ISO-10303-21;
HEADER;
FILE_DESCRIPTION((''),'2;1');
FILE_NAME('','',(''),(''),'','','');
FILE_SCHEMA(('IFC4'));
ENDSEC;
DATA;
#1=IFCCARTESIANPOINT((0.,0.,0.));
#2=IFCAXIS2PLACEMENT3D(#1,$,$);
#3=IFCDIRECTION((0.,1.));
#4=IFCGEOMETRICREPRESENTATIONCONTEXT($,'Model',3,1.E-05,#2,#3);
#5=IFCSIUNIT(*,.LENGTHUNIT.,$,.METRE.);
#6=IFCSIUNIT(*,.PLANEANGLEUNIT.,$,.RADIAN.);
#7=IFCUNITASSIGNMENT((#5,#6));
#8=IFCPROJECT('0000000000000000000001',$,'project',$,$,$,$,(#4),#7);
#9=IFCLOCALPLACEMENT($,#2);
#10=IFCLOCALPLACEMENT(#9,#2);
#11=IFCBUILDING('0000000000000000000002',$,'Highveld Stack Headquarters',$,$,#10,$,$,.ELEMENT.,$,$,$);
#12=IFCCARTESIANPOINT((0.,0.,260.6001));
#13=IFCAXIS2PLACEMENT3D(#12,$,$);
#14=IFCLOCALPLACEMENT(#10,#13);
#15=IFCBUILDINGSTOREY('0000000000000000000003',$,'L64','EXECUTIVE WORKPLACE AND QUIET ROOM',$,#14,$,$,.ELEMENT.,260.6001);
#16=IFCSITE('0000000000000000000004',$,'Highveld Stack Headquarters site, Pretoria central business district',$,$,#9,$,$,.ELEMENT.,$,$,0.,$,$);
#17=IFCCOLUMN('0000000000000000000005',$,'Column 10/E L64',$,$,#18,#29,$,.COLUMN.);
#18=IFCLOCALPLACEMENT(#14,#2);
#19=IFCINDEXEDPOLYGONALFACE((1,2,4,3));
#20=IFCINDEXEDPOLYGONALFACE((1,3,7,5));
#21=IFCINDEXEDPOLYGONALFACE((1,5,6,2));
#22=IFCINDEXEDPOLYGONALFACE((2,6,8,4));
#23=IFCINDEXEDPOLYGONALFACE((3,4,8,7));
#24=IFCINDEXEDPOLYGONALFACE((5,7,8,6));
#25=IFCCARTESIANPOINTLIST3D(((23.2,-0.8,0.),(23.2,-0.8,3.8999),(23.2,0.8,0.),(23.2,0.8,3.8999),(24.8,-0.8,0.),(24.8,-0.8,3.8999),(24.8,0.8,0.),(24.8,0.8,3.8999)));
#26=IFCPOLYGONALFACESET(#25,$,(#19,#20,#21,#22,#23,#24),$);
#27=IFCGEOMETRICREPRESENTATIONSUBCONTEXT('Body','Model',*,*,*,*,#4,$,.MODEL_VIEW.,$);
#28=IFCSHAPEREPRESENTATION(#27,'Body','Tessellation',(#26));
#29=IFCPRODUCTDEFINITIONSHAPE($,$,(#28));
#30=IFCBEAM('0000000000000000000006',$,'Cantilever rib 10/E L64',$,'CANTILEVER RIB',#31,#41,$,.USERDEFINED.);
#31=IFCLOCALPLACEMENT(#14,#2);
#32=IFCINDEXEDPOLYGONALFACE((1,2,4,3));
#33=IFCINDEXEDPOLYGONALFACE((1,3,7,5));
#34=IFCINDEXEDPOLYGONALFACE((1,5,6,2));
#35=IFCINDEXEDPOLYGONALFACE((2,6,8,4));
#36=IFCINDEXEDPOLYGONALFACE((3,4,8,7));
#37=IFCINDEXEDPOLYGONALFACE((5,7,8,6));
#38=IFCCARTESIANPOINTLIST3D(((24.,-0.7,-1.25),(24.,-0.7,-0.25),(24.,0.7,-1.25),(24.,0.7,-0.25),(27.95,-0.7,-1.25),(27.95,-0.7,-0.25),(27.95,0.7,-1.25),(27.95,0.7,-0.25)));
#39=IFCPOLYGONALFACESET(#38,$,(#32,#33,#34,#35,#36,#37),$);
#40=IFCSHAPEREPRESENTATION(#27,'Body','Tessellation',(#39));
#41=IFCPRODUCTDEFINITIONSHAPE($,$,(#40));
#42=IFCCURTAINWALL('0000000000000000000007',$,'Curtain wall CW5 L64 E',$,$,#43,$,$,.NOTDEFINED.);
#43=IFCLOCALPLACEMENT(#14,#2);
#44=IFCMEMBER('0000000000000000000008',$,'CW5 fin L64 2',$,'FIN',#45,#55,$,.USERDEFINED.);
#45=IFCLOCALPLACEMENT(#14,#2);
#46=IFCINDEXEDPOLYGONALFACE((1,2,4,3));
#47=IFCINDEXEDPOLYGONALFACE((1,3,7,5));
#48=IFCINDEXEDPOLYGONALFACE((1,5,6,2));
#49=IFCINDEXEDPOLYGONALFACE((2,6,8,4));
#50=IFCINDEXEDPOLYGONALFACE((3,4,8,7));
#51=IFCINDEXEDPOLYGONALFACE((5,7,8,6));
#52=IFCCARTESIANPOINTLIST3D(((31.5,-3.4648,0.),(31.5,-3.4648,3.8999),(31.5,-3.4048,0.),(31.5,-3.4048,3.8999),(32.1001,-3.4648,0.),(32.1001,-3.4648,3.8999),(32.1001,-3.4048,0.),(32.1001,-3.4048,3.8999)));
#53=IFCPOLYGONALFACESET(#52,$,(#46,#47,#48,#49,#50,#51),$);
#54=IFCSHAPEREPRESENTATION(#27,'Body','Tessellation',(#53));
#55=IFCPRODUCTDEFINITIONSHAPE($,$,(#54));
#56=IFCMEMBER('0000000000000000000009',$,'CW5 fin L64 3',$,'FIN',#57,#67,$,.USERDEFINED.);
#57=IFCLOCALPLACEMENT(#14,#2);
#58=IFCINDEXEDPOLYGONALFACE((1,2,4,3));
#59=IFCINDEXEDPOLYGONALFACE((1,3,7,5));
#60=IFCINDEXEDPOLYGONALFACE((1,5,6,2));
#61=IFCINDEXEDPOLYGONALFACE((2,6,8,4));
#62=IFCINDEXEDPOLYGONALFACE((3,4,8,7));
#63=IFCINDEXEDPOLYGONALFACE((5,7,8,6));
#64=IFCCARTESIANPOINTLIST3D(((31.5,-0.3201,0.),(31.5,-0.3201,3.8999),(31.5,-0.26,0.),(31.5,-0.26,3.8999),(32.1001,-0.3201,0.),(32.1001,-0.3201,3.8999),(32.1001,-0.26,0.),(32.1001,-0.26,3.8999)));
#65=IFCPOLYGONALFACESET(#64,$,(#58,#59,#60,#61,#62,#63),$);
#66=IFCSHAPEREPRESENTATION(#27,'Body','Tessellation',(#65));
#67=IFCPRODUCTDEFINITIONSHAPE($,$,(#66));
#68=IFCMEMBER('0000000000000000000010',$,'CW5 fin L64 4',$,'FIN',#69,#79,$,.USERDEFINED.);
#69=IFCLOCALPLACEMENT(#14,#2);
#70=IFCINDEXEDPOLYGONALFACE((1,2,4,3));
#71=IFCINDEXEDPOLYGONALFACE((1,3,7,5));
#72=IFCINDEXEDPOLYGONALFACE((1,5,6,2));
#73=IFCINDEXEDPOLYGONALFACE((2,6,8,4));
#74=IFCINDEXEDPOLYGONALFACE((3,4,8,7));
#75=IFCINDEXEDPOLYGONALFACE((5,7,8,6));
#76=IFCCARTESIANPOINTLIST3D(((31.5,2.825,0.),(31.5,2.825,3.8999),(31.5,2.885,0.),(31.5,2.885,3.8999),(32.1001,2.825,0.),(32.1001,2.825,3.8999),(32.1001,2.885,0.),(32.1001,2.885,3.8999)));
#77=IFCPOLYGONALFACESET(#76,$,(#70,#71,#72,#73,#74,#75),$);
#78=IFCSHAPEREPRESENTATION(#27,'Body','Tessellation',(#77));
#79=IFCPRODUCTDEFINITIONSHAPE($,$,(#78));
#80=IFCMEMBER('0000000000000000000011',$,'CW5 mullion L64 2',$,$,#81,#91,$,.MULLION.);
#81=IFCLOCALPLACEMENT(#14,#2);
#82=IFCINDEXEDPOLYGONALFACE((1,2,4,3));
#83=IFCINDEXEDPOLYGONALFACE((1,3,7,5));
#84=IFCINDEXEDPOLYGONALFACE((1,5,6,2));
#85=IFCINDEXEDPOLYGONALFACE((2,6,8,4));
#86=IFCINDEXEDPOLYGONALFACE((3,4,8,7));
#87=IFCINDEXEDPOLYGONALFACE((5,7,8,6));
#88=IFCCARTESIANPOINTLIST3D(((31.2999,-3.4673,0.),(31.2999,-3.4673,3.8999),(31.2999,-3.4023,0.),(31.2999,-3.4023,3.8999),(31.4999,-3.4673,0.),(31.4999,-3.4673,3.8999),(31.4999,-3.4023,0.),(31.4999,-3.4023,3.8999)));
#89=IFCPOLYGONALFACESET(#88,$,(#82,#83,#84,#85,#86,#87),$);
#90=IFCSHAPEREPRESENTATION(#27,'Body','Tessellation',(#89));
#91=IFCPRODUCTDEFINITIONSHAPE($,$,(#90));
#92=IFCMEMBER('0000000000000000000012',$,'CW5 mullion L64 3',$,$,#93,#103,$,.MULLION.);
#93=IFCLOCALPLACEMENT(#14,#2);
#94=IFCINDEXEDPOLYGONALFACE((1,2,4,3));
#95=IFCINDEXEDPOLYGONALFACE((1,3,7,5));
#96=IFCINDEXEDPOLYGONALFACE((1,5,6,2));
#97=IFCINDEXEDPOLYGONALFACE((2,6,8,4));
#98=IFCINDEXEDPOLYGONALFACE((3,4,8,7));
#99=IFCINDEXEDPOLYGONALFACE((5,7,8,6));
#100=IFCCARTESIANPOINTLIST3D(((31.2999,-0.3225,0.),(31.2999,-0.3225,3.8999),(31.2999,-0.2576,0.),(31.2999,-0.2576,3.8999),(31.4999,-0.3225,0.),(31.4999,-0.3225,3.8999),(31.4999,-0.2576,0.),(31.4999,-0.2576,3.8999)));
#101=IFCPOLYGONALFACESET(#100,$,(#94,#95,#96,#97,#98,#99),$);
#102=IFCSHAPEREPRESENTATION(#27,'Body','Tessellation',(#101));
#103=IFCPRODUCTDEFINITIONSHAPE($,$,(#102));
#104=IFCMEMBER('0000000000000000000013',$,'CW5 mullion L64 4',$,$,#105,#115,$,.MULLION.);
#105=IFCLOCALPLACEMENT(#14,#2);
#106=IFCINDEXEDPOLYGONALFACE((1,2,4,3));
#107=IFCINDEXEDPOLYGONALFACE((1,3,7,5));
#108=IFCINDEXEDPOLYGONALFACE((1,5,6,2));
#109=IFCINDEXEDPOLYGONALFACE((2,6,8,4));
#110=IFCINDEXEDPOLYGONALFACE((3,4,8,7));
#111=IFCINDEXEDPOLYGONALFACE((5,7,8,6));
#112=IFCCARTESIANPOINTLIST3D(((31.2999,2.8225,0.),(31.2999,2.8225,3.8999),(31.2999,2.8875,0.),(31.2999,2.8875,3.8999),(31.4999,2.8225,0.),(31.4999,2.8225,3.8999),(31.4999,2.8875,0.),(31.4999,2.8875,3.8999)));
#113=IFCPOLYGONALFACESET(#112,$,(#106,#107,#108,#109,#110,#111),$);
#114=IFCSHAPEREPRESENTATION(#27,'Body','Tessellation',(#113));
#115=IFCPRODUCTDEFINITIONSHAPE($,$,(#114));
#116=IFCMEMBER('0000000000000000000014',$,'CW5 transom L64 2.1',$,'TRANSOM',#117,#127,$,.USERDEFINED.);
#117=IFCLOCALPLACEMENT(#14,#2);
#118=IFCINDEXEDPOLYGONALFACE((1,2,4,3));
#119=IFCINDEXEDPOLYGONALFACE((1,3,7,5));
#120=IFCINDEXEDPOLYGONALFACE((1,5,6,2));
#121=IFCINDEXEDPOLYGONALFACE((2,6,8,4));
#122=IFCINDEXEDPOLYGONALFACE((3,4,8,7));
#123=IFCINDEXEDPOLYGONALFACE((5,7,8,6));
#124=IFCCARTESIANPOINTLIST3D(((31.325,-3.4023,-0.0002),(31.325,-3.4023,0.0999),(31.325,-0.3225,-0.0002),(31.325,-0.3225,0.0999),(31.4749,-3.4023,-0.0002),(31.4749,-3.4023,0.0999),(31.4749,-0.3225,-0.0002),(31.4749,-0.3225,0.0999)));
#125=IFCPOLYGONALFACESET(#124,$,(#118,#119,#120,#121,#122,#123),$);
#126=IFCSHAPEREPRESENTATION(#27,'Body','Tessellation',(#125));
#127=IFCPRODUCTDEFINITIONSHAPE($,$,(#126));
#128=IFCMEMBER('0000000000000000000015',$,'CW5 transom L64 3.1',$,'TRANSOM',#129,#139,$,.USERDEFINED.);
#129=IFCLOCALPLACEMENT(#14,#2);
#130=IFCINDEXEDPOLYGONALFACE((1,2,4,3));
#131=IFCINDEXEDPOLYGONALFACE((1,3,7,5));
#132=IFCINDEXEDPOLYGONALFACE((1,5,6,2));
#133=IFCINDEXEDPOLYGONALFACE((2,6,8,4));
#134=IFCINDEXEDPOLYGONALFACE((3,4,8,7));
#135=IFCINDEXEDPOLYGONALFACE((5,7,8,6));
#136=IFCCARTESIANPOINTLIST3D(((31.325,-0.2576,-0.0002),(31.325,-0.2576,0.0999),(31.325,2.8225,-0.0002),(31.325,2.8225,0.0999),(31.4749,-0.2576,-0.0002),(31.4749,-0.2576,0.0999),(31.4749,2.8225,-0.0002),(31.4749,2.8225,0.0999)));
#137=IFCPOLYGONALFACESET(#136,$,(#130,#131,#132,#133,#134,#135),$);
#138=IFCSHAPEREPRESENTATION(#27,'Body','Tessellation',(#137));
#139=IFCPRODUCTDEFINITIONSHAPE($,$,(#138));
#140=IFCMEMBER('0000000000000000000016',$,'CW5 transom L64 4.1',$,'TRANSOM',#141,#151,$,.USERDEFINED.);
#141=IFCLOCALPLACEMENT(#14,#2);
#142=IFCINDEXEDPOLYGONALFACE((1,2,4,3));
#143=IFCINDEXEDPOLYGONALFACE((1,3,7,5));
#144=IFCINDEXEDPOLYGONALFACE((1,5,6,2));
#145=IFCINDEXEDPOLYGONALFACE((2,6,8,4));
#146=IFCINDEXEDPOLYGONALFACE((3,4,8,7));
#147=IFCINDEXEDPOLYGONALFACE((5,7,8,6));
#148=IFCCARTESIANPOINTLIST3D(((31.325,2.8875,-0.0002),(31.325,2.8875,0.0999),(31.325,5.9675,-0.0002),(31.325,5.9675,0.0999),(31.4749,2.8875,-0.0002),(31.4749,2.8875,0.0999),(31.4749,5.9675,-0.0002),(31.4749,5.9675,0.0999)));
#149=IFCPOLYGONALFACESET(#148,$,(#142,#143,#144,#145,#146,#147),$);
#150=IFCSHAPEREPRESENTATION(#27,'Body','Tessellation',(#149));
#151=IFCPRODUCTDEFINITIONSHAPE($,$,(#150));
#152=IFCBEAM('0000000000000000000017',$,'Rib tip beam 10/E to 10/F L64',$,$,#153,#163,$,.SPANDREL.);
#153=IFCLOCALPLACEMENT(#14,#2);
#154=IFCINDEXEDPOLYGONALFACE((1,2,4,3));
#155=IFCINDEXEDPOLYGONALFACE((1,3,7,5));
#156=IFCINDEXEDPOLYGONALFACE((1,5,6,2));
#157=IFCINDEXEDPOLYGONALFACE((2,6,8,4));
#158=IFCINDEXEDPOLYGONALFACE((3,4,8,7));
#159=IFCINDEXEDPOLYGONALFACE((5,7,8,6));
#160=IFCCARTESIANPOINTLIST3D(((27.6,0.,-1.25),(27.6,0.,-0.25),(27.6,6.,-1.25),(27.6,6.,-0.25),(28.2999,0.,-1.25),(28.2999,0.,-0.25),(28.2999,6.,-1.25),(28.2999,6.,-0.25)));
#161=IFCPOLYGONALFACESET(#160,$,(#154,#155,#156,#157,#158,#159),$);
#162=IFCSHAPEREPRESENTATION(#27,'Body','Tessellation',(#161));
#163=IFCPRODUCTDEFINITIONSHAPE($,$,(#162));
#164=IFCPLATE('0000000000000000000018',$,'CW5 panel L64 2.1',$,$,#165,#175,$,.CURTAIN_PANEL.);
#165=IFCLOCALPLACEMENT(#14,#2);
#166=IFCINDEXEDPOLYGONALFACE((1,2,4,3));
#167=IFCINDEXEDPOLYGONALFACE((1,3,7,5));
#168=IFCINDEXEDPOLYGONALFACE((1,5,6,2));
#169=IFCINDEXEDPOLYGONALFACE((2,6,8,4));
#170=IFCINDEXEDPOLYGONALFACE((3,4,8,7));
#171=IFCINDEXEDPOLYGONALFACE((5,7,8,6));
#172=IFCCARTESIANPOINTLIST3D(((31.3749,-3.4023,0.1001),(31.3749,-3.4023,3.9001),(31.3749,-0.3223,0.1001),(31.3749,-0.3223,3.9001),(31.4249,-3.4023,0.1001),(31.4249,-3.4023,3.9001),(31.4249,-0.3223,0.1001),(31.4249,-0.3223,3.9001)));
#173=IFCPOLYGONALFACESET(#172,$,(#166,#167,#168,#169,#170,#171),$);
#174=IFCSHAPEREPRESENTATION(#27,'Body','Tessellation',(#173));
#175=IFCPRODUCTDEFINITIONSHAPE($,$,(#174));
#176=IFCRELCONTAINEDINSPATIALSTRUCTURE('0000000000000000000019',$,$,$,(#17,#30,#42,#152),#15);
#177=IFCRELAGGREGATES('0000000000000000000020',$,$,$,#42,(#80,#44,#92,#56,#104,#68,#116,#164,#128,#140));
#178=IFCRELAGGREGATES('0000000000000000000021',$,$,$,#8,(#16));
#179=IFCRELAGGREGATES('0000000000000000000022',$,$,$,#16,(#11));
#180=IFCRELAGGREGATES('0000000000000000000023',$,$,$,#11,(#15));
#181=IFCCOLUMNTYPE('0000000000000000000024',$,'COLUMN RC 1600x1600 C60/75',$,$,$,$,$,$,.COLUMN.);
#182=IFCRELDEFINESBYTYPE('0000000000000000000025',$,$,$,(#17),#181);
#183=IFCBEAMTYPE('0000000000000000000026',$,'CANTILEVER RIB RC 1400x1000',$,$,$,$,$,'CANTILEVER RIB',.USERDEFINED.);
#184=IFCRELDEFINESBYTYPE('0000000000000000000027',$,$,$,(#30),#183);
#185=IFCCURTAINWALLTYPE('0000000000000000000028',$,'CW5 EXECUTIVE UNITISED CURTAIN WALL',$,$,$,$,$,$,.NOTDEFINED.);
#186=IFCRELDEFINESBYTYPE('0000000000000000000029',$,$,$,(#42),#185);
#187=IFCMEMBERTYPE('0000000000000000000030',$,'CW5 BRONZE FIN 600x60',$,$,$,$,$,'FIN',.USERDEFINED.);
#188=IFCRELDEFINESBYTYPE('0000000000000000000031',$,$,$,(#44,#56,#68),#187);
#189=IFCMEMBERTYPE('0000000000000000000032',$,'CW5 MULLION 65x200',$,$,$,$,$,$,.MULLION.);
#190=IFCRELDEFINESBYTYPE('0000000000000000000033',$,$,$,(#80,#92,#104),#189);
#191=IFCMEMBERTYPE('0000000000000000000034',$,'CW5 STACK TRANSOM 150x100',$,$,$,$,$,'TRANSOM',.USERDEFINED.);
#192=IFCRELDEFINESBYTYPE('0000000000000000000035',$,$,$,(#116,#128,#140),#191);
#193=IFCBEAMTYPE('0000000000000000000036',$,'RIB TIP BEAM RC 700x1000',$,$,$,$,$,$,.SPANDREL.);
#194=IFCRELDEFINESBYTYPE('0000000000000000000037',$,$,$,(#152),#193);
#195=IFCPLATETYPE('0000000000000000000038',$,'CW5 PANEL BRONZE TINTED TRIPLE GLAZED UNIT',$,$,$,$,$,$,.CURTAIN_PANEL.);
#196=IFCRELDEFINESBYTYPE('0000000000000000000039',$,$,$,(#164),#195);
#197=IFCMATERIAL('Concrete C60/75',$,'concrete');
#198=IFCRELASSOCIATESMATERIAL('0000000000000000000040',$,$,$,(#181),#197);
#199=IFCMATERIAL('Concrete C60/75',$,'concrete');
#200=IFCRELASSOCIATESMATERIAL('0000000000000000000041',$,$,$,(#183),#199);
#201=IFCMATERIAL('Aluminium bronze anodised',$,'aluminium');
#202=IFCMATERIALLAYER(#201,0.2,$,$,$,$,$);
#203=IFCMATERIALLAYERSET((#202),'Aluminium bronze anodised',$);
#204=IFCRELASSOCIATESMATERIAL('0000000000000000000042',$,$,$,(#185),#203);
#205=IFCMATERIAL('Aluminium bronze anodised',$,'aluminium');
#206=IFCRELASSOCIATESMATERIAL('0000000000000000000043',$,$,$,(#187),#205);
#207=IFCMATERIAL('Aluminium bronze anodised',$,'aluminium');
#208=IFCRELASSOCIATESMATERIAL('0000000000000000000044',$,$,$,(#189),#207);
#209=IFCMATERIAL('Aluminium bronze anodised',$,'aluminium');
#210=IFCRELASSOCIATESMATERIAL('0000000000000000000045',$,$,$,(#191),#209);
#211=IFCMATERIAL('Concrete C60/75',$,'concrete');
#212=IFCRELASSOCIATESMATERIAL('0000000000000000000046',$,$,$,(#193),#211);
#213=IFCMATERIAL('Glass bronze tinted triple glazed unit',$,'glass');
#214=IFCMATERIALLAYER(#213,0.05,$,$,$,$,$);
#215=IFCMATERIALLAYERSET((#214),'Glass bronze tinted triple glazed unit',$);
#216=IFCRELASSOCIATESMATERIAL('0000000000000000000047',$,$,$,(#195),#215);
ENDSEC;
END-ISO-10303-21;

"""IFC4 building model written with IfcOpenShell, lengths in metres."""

from ifc_helpers import new_model, si_unit, direction, frame, origin, origin_2d, place, context, subcontext, project, spatial, rectangle, extrude, material, layer, layer_set, material_profile, profile_set, type_object, element, aggregate, save


model = new_model("IFC4")

# Units and contexts
model_context = context("Model", 3, precision=1e-05, world=origin(), true_north=direction((0.0, 1.0)))
body_context = subcontext(model_context, "Body", "Model", "MODEL_VIEW")
ifc_project = project(units=[si_unit("LENGTHUNIT", "METRE"), si_unit("PLANEANGLEUNIT", "RADIAN")], contexts=[model_context])

# Site, building, storey
site_placement = place(None, origin())
site = spatial("IfcSite", under=ifc_project, at=site_placement, Name="Highveld Stack Headquarters site, Pretoria central business district", CompositionType="ELEMENT", RefElevation=0.0)
building_placement = place(site_placement, origin())
building = spatial("IfcBuilding", under=site, at=building_placement, Name="Highveld Stack Headquarters", CompositionType="ELEMENT")
storey_placement = place(building_placement, frame((0.0, 0.0, 260.6001)))
storey = spatial("IfcBuildingStorey", under=building, at=storey_placement, Name="L64", Description="EXECUTIVE WORKPLACE AND QUIET ROOM", CompositionType="ELEMENT", Elevation=260.6001)

# Column
ifc_material_1 = material(Name="Concrete C60/75", Category="concrete")
ifc_material_profile_1 = material_profile(ifc_material_1, rectangle(XDim=1.6001, YDim=1.6001, at=origin_2d()), Name="RC 1600x1600")
ifc_profile_set_1 = profile_set([ifc_material_profile_1], Name="Concrete C60/75")
column_type = type_object("IfcColumnType", Name="COLUMN RC 1600x1600 C60/75", PredefinedType="COLUMN", material=ifc_profile_set_1)
column_placement = place(storey_placement, frame((24.0, 0.0, 0.0), z_axis=(0.0, 0.0, 1.0), x_axis=(1.0, 0.0, 0.0)))
element("IfcColumn", 1, at=column_placement, inside=storey, type_object=column_type, Name="Column 10/E L64", PredefinedType="COLUMN", context=body_context, shape_type="SweptSolid", body=[
    extrude(rectangle(XDim=1.6001, YDim=1.6001, at=origin_2d()), origin(), (0.0, 0.0, 1.0), 3.8999),
])

# Beam
ifc_material_2 = material(Name="Concrete C60/75", Category="concrete")
ifc_material_profile_2 = material_profile(ifc_material_2, rectangle(XDim=1.3999, YDim=1.0, at=origin_2d()), Name="RC 1400x1000")
ifc_profile_set_2 = profile_set([ifc_material_profile_2], Name="Concrete C60/75")
beam_type_1 = type_object("IfcBeamType", Name="CANTILEVER RIB RC 1400x1000", ElementType="CANTILEVER RIB", PredefinedType="USERDEFINED", material=ifc_profile_set_2)
beam_1_placement = place(storey_placement, frame((24.0, 0.0, -0.75), z_axis=(1.0, 0.0, 0.0), x_axis=(0.0, 1.0, 0.0)))
element("IfcBeam", 2, at=beam_1_placement, inside=storey, type_object=beam_type_1, Name="Cantilever rib 10/E L64", ObjectType="CANTILEVER RIB", PredefinedType="USERDEFINED", context=body_context, shape_type="SweptSolid", body=[
    extrude(rectangle(XDim=1.3999, YDim=1.0, at=origin_2d()), origin(), (0.0, 0.0, 1.0), 3.95),
])

# Curtain wall, members
ifc_material_3 = material(Name="Aluminium bronze anodised", Category="aluminium")
ifc_layer_1 = layer(ifc_material_3, 0.2)
ifc_layer_set_1 = layer_set([ifc_layer_1], Name="Aluminium bronze anodised")
curtain_wall_type = type_object("IfcCurtainWallType", Name="CW5 EXECUTIVE UNITISED CURTAIN WALL", PredefinedType="NOTDEFINED", material=ifc_layer_set_1)
curtain_wall_placement = place(storey_placement, origin())
curtain_wall = element("IfcCurtainWall", 3, at=curtain_wall_placement, inside=storey, type_object=curtain_wall_type, Name="Curtain wall CW5 L64 E", PredefinedType="NOTDEFINED")
ifc_material_4 = material(Name="Aluminium bronze anodised", Category="aluminium")
ifc_material_profile_3 = material_profile(ifc_material_4, rectangle(XDim=0.6001, YDim=0.0601, at=origin_2d()), Name="FIN 600x60")
ifc_profile_set_3 = profile_set([ifc_material_profile_3], Name="Aluminium bronze anodised")
member_type_1 = type_object("IfcMemberType", Name="CW5 BRONZE FIN 600x60", ElementType="FIN", PredefinedType="USERDEFINED", material=ifc_profile_set_3)
member_1_placement = place(storey_placement, frame((31.8, -3.4348, 0.0), z_axis=(0.0, 0.0, 1.0), x_axis=(-1.0, 0.0, 0.0)))
member_1 = element("IfcMember", 4, at=member_1_placement, type_object=member_type_1, Name="CW5 fin L64 2", ObjectType="FIN", PredefinedType="USERDEFINED", context=body_context, shape_type="SweptSolid", body=[
    extrude(rectangle(XDim=0.6001, YDim=0.0601, at=origin_2d()), origin(), (0.0, 0.0, 1.0), 3.8999),
])
member_2_placement = place(storey_placement, frame((31.8, -0.29, 0.0), z_axis=(0.0, 0.0, 1.0), x_axis=(-1.0, 0.0, 0.0)))
member_2 = element("IfcMember", 5, at=member_2_placement, type_object=member_type_1, Name="CW5 fin L64 3", ObjectType="FIN", PredefinedType="USERDEFINED", context=body_context, shape_type="SweptSolid", body=[
    extrude(rectangle(XDim=0.6001, YDim=0.0601, at=origin_2d()), origin(), (0.0, 0.0, 1.0), 3.8999),
])
member_3_placement = place(storey_placement, frame((31.8, 2.855, 0.0), z_axis=(0.0, 0.0, 1.0), x_axis=(-1.0, 0.0, 0.0)))
member_3 = element("IfcMember", 6, at=member_3_placement, type_object=member_type_1, Name="CW5 fin L64 4", ObjectType="FIN", PredefinedType="USERDEFINED", context=body_context, shape_type="SweptSolid", body=[
    extrude(rectangle(XDim=0.6001, YDim=0.0601, at=origin_2d()), origin(), (0.0, 0.0, 1.0), 3.8999),
])
ifc_material_5 = material(Name="Aluminium bronze anodised", Category="aluminium")
ifc_material_profile_4 = material_profile(ifc_material_5, rectangle(XDim=0.2, YDim=0.0649, at=origin_2d()), Name="CW5 MULLION 65x200")
ifc_profile_set_4 = profile_set([ifc_material_profile_4], Name="Aluminium bronze anodised")
member_type_2 = type_object("IfcMemberType", Name="CW5 MULLION 65x200", PredefinedType="MULLION", material=ifc_profile_set_4)
member_4_placement = place(storey_placement, frame((31.3999, -3.4348, 0.0), z_axis=(0.0, 0.0, 1.0), x_axis=(-1.0, 0.0, 0.0)))
member_4 = element("IfcMember", 7, at=member_4_placement, type_object=member_type_2, Name="CW5 mullion L64 2", PredefinedType="MULLION", context=body_context, shape_type="SweptSolid", body=[
    extrude(rectangle(XDim=0.2, YDim=0.0649, at=origin_2d()), origin(), (0.0, 0.0, 1.0), 3.8999),
])
member_5_placement = place(storey_placement, frame((31.3999, -0.29, 0.0), z_axis=(0.0, 0.0, 1.0), x_axis=(-1.0, 0.0, 0.0)))
member_5 = element("IfcMember", 8, at=member_5_placement, type_object=member_type_2, Name="CW5 mullion L64 3", PredefinedType="MULLION", context=body_context, shape_type="SweptSolid", body=[
    extrude(rectangle(XDim=0.2, YDim=0.0649, at=origin_2d()), origin(), (0.0, 0.0, 1.0), 3.8999),
])
member_6_placement = place(storey_placement, frame((31.3999, 2.855, 0.0), z_axis=(0.0, 0.0, 1.0), x_axis=(-1.0, 0.0, 0.0)))
member_6 = element("IfcMember", 9, at=member_6_placement, type_object=member_type_2, Name="CW5 mullion L64 4", PredefinedType="MULLION", context=body_context, shape_type="SweptSolid", body=[
    extrude(rectangle(XDim=0.2, YDim=0.0649, at=origin_2d()), origin(), (0.0, 0.0, 1.0), 3.8999),
])
ifc_material_6 = material(Name="Aluminium bronze anodised", Category="aluminium")
ifc_material_profile_5 = material_profile(ifc_material_6, rectangle(XDim=0.1499, YDim=0.1001, at=origin_2d()), Name="CW5 TRANSOM 150x100")
ifc_profile_set_5 = profile_set([ifc_material_profile_5], Name="Aluminium bronze anodised")
member_type_3 = type_object("IfcMemberType", Name="CW5 STACK TRANSOM 150x100", ElementType="TRANSOM", PredefinedType="USERDEFINED", material=ifc_profile_set_5)
member_7_placement = place(storey_placement, frame((31.3999, -3.4023, 0.0498), z_axis=(0.0, 1.0, 0.0), x_axis=(-1.0, 0.0, 0.0)))
member_7 = element("IfcMember", 10, at=member_7_placement, type_object=member_type_3, Name="CW5 transom L64 2.1", ObjectType="TRANSOM", PredefinedType="USERDEFINED", context=body_context, shape_type="SweptSolid", body=[
    extrude(rectangle(XDim=0.1499, YDim=0.1001, at=origin_2d()), origin(), (0.0, 0.0, 1.0), 3.0798),
])
member_8_placement = place(storey_placement, frame((31.3999, -0.2576, 0.0498), z_axis=(0.0, 1.0, 0.0), x_axis=(-1.0, 0.0, 0.0)))
member_8 = element("IfcMember", 11, at=member_8_placement, type_object=member_type_3, Name="CW5 transom L64 3.1", ObjectType="TRANSOM", PredefinedType="USERDEFINED", context=body_context, shape_type="SweptSolid", body=[
    extrude(rectangle(XDim=0.1499, YDim=0.1001, at=origin_2d()), origin(), (0.0, 0.0, 1.0), 3.0801),
])
member_9_placement = place(storey_placement, frame((31.3999, 2.8875, 0.0498), z_axis=(0.0, 1.0, 0.0), x_axis=(-1.0, 0.0, 0.0)))
member_9 = element("IfcMember", 12, at=member_9_placement, type_object=member_type_3, Name="CW5 transom L64 4.1", ObjectType="TRANSOM", PredefinedType="USERDEFINED", context=body_context, shape_type="SweptSolid", body=[
    extrude(rectangle(XDim=0.1499, YDim=0.1001, at=origin_2d()), origin(), (0.0, 0.0, 1.0), 3.0801),
])

# Beam
ifc_material_7 = material(Name="Concrete C60/75", Category="concrete")
ifc_material_profile_6 = material_profile(ifc_material_7, rectangle(XDim=0.7, YDim=1.0, at=origin_2d()), Name="RC 700x1000")
ifc_profile_set_6 = profile_set([ifc_material_profile_6], Name="Concrete C60/75")
beam_type_2 = type_object("IfcBeamType", Name="RIB TIP BEAM RC 700x1000", PredefinedType="SPANDREL", material=ifc_profile_set_6)
beam_2_placement = place(storey_placement, frame((27.95, 0.0, -0.75), z_axis=(0.0, 1.0, 0.0), x_axis=(-1.0, 0.0, 0.0)))
element("IfcBeam", 13, at=beam_2_placement, inside=storey, type_object=beam_type_2, Name="Rib tip beam 10/E to 10/F L64", PredefinedType="SPANDREL", context=body_context, shape_type="SweptSolid", body=[
    extrude(rectangle(XDim=0.7, YDim=1.0, at=origin_2d()), origin(), (0.0, 0.0, 1.0), 6.0),
])

# Plate
ifc_material_8 = material(Name="Glass bronze tinted triple glazed unit", Category="glass")
ifc_layer_2 = layer(ifc_material_8, 0.05)
ifc_layer_set_2 = layer_set([ifc_layer_2], Name="Glass bronze tinted triple glazed unit")
plate_type = type_object("IfcPlateType", Name="CW5 PANEL BRONZE TINTED TRIPLE GLAZED UNIT", PredefinedType="CURTAIN_PANEL", material=ifc_layer_set_2)
plate_1_placement = place(storey_placement, frame((31.3999, -1.8623, 0.1001), z_axis=(0.0, 0.0, 1.0), x_axis=(0.0, 1.0, 0.0)))
plate_1 = element("IfcPlate", 14, at=plate_1_placement, type_object=plate_type, Name="CW5 panel L64 2.1", PredefinedType="CURTAIN_PANEL", context=body_context, shape_type="SweptSolid", body=[
    extrude(rectangle(XDim=3.0801, YDim=0.05, at=origin_2d()), origin(), (0.0, 0.0, 1.0), 3.8),
])
aggregate(curtain_wall, [member_4, member_1, member_5, member_2, member_6, member_3, member_7, plate_1, member_8, member_9])

save(model, "model.ifc")
